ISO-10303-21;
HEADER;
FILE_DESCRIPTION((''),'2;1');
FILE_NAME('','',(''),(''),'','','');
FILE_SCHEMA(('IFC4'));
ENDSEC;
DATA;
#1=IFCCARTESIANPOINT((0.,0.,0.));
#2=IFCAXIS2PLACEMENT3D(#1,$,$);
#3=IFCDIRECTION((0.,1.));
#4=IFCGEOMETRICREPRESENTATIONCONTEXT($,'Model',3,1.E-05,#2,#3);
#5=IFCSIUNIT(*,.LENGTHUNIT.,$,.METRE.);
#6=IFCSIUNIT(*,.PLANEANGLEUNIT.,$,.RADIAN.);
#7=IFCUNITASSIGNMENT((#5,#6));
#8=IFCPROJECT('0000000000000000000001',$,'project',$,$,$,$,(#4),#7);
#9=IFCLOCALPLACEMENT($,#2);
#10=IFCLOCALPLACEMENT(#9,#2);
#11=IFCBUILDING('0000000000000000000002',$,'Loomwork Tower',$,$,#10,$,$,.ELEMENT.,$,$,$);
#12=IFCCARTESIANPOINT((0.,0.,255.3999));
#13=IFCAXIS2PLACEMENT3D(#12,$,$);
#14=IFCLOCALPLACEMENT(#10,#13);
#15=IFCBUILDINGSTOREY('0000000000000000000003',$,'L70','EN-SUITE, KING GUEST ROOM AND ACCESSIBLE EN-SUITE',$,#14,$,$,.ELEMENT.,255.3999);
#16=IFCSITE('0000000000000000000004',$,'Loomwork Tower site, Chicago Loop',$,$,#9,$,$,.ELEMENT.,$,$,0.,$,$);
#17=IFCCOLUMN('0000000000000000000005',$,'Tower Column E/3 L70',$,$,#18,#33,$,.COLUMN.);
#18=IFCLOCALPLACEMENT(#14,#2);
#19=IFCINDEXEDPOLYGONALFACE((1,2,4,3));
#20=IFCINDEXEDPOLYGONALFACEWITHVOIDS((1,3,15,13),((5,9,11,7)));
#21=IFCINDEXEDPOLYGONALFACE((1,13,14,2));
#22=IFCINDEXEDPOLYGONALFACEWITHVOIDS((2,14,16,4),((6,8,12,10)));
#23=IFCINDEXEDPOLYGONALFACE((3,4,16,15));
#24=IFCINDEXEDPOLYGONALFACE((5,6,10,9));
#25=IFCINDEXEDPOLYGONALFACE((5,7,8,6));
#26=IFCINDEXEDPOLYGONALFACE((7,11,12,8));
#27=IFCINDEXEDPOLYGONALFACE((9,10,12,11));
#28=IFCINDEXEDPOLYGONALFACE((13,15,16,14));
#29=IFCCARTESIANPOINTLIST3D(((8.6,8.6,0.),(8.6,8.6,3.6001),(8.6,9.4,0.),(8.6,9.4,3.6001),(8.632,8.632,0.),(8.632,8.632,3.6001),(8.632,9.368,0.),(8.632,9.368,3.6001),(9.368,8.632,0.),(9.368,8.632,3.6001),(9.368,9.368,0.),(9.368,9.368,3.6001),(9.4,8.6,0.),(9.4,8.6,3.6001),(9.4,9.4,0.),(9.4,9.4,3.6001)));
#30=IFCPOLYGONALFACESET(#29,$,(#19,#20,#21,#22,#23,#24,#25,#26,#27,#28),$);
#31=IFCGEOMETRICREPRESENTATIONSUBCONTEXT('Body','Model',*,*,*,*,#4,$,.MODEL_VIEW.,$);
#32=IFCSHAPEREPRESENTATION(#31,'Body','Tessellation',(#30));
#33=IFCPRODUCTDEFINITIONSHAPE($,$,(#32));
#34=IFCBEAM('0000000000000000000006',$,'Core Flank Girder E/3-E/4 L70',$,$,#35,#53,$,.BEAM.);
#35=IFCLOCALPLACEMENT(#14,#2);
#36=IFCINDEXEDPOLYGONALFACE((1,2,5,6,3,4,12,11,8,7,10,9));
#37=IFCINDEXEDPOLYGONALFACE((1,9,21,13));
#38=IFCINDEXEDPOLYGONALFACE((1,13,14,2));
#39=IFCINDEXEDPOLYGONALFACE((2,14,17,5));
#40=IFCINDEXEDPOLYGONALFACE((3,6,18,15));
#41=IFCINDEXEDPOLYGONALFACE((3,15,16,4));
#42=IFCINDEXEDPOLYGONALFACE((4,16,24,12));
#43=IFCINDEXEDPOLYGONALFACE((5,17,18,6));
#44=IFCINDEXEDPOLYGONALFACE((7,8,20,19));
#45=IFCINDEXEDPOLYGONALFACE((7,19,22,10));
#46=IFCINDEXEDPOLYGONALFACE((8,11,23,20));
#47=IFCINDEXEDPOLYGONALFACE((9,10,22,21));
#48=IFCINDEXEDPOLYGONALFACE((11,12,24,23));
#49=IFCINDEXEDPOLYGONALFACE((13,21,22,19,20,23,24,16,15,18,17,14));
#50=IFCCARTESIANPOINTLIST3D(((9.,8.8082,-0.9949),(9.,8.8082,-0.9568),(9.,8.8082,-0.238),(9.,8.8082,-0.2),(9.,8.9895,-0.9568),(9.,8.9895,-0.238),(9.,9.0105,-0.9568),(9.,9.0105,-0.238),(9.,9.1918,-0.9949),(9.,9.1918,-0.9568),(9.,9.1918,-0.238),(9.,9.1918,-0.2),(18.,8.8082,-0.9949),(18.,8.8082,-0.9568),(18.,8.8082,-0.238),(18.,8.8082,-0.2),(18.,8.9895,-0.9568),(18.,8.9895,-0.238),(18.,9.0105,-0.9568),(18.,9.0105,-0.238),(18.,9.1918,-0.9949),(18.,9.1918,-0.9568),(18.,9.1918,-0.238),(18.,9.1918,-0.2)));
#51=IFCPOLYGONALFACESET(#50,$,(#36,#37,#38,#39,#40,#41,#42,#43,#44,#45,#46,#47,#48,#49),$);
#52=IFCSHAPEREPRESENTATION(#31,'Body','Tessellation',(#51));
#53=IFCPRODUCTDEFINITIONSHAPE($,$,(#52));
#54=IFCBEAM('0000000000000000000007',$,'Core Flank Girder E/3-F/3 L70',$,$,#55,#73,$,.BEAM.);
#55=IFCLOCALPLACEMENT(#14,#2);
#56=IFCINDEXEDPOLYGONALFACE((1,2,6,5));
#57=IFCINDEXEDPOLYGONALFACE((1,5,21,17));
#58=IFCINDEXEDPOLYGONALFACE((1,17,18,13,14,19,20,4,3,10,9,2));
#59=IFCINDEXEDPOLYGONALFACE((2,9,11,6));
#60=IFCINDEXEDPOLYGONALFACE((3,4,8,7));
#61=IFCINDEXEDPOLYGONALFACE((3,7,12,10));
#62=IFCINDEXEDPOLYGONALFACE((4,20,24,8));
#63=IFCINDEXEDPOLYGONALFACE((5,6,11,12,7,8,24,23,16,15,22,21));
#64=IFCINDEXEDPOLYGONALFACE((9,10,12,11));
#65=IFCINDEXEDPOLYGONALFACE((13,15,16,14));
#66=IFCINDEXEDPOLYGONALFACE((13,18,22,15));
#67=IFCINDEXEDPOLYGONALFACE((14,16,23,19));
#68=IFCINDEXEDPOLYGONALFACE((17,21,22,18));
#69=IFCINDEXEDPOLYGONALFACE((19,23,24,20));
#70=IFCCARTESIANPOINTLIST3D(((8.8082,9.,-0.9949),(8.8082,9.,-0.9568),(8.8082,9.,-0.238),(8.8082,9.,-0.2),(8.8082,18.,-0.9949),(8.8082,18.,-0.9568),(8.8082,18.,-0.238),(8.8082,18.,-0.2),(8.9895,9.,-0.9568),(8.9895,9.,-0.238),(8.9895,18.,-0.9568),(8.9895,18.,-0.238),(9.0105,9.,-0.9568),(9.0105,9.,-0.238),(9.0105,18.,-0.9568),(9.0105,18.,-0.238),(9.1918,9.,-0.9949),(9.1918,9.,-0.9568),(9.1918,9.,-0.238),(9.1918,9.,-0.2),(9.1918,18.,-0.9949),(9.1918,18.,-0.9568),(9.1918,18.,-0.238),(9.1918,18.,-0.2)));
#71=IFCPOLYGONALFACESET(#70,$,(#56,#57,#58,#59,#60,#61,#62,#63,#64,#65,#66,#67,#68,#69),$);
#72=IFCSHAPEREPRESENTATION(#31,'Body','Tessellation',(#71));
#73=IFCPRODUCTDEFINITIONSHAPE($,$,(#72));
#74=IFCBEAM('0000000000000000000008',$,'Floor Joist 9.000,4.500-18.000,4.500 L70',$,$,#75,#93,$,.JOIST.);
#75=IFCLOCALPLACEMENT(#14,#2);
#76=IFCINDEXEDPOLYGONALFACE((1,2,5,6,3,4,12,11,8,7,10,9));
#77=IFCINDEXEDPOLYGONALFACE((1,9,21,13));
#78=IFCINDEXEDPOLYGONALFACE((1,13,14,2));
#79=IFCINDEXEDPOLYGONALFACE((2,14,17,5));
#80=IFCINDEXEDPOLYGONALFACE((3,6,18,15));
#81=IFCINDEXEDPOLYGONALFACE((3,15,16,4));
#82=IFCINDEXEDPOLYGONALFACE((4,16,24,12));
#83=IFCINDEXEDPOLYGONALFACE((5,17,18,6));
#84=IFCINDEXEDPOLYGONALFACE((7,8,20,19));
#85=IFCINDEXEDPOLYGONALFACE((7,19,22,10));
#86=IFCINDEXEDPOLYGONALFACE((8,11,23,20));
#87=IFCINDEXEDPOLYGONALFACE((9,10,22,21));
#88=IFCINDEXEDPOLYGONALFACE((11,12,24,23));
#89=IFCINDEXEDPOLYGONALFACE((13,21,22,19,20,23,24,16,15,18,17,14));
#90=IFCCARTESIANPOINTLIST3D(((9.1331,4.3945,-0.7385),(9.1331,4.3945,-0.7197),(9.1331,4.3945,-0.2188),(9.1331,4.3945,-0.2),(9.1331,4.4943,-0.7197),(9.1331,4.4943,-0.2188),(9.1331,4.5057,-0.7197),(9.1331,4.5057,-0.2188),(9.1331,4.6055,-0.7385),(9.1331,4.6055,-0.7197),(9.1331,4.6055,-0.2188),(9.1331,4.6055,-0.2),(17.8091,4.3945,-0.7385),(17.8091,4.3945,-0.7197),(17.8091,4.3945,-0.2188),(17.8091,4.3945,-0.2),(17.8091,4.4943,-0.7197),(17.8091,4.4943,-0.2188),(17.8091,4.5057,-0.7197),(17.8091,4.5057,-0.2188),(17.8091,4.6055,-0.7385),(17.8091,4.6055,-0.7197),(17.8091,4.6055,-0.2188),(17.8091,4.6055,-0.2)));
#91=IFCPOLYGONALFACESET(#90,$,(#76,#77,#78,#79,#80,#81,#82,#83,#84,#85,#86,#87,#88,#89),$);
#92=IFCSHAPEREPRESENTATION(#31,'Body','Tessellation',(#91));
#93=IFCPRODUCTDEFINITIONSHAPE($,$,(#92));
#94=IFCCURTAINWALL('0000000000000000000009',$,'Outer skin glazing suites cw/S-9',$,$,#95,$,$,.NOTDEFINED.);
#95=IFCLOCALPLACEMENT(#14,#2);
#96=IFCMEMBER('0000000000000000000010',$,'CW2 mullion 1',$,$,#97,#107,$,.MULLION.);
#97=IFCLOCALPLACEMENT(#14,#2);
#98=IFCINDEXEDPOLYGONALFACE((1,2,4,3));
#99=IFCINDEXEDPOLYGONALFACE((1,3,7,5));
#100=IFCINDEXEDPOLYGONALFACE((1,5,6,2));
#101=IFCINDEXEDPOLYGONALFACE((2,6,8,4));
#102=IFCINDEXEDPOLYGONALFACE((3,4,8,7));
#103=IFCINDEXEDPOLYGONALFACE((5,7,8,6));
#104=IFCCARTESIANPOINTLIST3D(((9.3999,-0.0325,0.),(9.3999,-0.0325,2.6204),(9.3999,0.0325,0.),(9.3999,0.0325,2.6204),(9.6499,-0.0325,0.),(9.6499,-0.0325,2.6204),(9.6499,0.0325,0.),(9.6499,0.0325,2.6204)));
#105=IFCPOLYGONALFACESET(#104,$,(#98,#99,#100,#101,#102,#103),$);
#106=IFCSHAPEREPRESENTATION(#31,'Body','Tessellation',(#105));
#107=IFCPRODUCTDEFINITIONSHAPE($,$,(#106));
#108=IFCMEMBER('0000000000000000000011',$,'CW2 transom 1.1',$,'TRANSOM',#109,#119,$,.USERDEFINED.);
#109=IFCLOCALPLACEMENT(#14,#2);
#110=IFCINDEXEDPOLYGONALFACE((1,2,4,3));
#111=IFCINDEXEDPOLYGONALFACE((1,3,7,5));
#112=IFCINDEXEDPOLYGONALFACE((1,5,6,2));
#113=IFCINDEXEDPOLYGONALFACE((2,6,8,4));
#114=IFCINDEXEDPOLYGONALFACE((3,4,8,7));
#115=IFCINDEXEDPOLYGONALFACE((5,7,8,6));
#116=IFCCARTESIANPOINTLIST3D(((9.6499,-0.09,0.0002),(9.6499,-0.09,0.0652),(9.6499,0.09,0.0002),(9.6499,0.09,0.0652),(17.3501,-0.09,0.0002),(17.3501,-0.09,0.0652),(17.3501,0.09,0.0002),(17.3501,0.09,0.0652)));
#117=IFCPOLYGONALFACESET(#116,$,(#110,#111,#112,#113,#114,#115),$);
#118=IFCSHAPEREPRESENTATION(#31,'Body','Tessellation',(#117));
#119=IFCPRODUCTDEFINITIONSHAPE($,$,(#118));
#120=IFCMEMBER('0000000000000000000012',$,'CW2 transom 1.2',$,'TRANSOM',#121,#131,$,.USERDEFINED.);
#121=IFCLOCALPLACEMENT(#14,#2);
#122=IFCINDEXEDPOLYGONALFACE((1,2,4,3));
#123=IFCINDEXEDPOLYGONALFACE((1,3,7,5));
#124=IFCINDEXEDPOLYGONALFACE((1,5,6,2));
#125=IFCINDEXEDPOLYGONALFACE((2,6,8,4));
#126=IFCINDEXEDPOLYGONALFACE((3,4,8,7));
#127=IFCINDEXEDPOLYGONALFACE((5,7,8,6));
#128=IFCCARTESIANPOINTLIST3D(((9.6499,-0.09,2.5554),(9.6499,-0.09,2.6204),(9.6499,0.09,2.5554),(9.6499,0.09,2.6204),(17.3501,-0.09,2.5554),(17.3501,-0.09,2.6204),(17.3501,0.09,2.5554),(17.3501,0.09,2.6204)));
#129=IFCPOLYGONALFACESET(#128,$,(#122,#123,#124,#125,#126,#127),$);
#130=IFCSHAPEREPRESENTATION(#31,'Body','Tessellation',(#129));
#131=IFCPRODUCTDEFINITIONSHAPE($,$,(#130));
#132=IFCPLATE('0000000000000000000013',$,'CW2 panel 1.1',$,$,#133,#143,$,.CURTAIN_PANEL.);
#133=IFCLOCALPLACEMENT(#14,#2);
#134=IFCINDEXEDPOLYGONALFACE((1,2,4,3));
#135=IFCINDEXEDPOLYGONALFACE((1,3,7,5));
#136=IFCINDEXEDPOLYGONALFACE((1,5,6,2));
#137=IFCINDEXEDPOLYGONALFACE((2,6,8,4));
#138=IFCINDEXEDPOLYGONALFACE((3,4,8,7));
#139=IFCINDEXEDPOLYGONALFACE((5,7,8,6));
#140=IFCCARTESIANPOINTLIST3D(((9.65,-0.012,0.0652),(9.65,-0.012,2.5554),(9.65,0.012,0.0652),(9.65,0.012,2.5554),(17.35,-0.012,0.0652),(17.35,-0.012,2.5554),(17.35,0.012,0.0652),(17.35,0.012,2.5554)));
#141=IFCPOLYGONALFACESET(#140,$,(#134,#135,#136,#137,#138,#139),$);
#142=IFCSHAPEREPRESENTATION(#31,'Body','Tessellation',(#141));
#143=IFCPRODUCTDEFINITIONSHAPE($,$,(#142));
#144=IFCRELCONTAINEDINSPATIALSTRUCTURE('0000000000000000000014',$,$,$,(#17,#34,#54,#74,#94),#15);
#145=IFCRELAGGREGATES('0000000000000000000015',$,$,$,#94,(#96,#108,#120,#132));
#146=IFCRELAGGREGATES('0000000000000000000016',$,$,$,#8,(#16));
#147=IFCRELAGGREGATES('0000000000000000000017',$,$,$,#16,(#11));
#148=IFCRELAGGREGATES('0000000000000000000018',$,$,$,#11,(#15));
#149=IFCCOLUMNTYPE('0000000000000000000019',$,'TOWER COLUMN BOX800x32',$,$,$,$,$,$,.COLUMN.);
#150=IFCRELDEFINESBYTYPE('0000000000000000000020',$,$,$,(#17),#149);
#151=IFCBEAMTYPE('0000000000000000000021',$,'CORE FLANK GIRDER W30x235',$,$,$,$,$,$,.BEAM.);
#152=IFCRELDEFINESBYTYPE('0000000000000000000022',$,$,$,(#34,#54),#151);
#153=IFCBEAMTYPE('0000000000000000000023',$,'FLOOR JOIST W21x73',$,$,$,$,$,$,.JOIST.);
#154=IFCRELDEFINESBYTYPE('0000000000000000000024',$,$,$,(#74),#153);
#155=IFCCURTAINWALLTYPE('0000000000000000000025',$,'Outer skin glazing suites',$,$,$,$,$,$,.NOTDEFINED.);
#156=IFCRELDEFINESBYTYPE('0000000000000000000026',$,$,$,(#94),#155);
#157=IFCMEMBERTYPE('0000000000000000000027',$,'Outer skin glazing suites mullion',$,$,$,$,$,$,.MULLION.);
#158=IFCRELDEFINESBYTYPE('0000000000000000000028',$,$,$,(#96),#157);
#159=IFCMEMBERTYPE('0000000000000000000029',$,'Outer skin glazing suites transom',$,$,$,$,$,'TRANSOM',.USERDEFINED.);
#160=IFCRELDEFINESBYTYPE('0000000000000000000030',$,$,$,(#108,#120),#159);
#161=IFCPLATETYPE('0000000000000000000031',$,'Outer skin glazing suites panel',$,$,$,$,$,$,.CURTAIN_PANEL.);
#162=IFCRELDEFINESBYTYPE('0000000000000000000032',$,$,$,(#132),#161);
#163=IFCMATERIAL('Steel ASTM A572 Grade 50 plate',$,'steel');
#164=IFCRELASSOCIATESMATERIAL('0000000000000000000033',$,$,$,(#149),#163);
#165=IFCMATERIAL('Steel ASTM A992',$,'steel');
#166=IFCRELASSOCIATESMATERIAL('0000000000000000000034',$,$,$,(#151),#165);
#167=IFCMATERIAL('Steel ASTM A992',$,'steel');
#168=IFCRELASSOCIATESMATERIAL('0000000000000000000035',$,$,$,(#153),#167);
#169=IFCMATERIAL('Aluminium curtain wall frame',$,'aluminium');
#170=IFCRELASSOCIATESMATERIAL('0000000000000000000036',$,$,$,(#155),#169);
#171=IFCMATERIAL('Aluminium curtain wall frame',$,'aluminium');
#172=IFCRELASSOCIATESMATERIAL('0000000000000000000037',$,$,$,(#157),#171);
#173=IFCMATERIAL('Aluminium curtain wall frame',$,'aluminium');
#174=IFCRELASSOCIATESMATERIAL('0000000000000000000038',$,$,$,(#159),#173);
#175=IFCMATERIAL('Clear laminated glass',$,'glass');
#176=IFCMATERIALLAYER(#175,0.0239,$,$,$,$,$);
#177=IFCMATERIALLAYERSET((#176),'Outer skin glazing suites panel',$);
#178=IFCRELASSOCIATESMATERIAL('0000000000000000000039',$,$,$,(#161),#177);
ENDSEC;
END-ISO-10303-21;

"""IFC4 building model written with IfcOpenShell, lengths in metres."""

from ifc_helpers import new_model, si_unit, direction, frame, origin, origin_2d, place, context, subcontext, project, spatial, rectangle, hollow_rectangle, i_section, extrude, material, layer, layer_set, material_profile, profile_set, type_object, element, aggregate, save


model = new_model("IFC4")

# Units and contexts
model_context = context("Model", 3, precision=1e-05, world=origin(), true_north=direction((0.0, 1.0)))
body_context = subcontext(model_context, "Body", "Model", "MODEL_VIEW")
ifc_project = project(units=[si_unit("LENGTHUNIT", "METRE"), si_unit("PLANEANGLEUNIT", "RADIAN")], contexts=[model_context])

# Site, building, storey
site_placement = place(None, origin())
site = spatial("IfcSite", under=ifc_project, at=site_placement, Name="Loomwork Tower site, Chicago Loop", CompositionType="ELEMENT", RefElevation=0.0)
building_placement = place(site_placement, origin())
building = spatial("IfcBuilding", under=site, at=building_placement, Name="Loomwork Tower", CompositionType="ELEMENT")
storey_placement = place(building_placement, frame((0.0, 0.0, 255.3999)))
storey = spatial("IfcBuildingStorey", under=building, at=storey_placement, Name="L70", Description="EN-SUITE, KING GUEST ROOM AND ACCESSIBLE EN-SUITE", CompositionType="ELEMENT", Elevation=255.3999)

# Column
ifc_material_1 = material(Name="Steel ASTM A572 Grade 50 plate", Category="steel")
ifc_material_profile_1 = material_profile(ifc_material_1, hollow_rectangle(XDim=0.8, YDim=0.8, WallThickness=0.032, at=origin_2d()), Name="BOX800x32")
ifc_profile_set_1 = profile_set([ifc_material_profile_1], Name="Steel ASTM A572 Grade 50 plate")
column_type = type_object("IfcColumnType", Name="TOWER COLUMN BOX800x32", PredefinedType="COLUMN", material=ifc_profile_set_1)
column_placement = place(storey_placement, frame((9.0, 9.0, 0.0), z_axis=(0.0, 0.0, 1.0), x_axis=(1.0, 0.0, 0.0)))
element("IfcColumn", 1, at=column_placement, inside=storey, type_object=column_type, Name="Tower Column E/3 L70", PredefinedType="COLUMN", context=body_context, shape_type="SweptSolid", body=[
    extrude(hollow_rectangle(XDim=0.8, YDim=0.8, WallThickness=0.032, at=origin_2d()), origin(), (0.0, 0.0, 1.0), 3.6001),
])

# Beams
ifc_material_2 = material(Name="Steel ASTM A992", Category="steel")
ifc_material_profile_2 = material_profile(ifc_material_2, i_section(OverallWidth=0.3835, OverallDepth=0.7949, WebThickness=0.021, FlangeThickness=0.0381, at=origin_2d()), Name="W30x235")
ifc_profile_set_2 = profile_set([ifc_material_profile_2], Name="Steel ASTM A992")
beam_type_1 = type_object("IfcBeamType", Name="CORE FLANK GIRDER W30x235", PredefinedType="BEAM", material=ifc_profile_set_2)
for number, where, z_axis, x_axis, name in (
    (2, (9.0, 9.0, -0.5974), (1.0, 0.0, 0.0), (0.0, 1.0, 0.0), "Core Flank Girder E/3-E/4 L70"),
    (3, (9.0, 9.0, -0.5974), (0.0, 1.0, 0.0), (-1.0, 0.0, 0.0), "Core Flank Girder E/3-F/3 L70"),
):
    element("IfcBeam", number, at=place(storey_placement, frame(where, z_axis=z_axis, x_axis=x_axis)), inside=storey, type_object=beam_type_1, Name=name, PredefinedType="BEAM", context=body_context, shape_type="SweptSolid", body=[
        extrude(i_section(OverallWidth=0.3835, OverallDepth=0.7949, WebThickness=0.021, FlangeThickness=0.0381, at=origin_2d()), origin(), (0.0, 0.0, 1.0), 9.0),
    ])
ifc_material_3 = material(Name="Steel ASTM A992", Category="steel")
ifc_material_profile_3 = material_profile(ifc_material_3, i_section(OverallWidth=0.2109, OverallDepth=0.5386, WebThickness=0.0115, FlangeThickness=0.0188, at=origin_2d()), Name="W21x73")
ifc_profile_set_3 = profile_set([ifc_material_profile_3], Name="Steel ASTM A992")
beam_type_2 = type_object("IfcBeamType", Name="FLOOR JOIST W21x73", PredefinedType="JOIST", material=ifc_profile_set_3)
beam_placement = place(storey_placement, frame((9.1331, 4.5, -0.4692), z_axis=(1.0, 0.0, 0.0), x_axis=(0.0, 1.0, 0.0)))
element("IfcBeam", 4, at=beam_placement, inside=storey, type_object=beam_type_2, Name="Floor Joist 9.000,4.500-18.000,4.500 L70", PredefinedType="JOIST", context=body_context, shape_type="SweptSolid", body=[
    extrude(i_section(OverallWidth=0.2109, OverallDepth=0.5386, WebThickness=0.0115, FlangeThickness=0.0188, at=origin_2d()), origin(), (0.0, 0.0, 1.0), 8.676),
])

# Curtain wall, members, plate
ifc_material_4 = material(Name="Aluminium curtain wall frame", Category="aluminium")
curtain_wall_type = type_object("IfcCurtainWallType", Name="Outer skin glazing suites", PredefinedType="NOTDEFINED", material=ifc_material_4)
curtain_wall_placement = place(storey_placement, origin())
curtain_wall = element("IfcCurtainWall", 5, at=curtain_wall_placement, inside=storey, type_object=curtain_wall_type, Name="Outer skin glazing suites cw/S-9", PredefinedType="NOTDEFINED")
ifc_material_5 = material(Name="Aluminium curtain wall frame", Category="aluminium")
ifc_material_profile_4 = material_profile(ifc_material_5, rectangle(XDim=0.0649, YDim=0.25, at=origin_2d()), Name="AL 65x250")
ifc_profile_set_4 = profile_set([ifc_material_profile_4], Name="Aluminium curtain wall frame")
member_type_1 = type_object("IfcMemberType", Name="Outer skin glazing suites mullion", PredefinedType="MULLION", material=ifc_profile_set_4)
member_1_placement = place(storey_placement, frame((9.5249, 0.0, 0.0), z_axis=(0.0, 0.0, 1.0), x_axis=(0.0, 1.0, 0.0)))
member_1 = element("IfcMember", 6, at=member_1_placement, type_object=member_type_1, Name="CW2 mullion 1", PredefinedType="MULLION", context=body_context, shape_type="SweptSolid", body=[
    extrude(rectangle(XDim=0.0649, YDim=0.25, at=origin_2d()), origin(), (0.0, 0.0, 1.0), 2.6204),
])
ifc_material_6 = material(Name="Aluminium curtain wall frame", Category="aluminium")
ifc_material_profile_5 = material_profile(ifc_material_6, rectangle(XDim=0.1799, YDim=0.0649, at=origin_2d()), Name="AL 65x180")
ifc_profile_set_5 = profile_set([ifc_material_profile_5], Name="Aluminium curtain wall frame")
member_type_2 = type_object("IfcMemberType", Name="Outer skin glazing suites transom", ElementType="TRANSOM", PredefinedType="USERDEFINED", material=ifc_profile_set_5)
member_2_placement = place(storey_placement, frame((9.6499, 0.0, 0.0327), z_axis=(1.0, 0.0, 0.0), x_axis=(0.0, 1.0, 0.0)))
member_2 = element("IfcMember", 7, at=member_2_placement, type_object=member_type_2, Name="CW2 transom 1.1", ObjectType="TRANSOM", PredefinedType="USERDEFINED", context=body_context, shape_type="SweptSolid", body=[
    extrude(rectangle(XDim=0.1799, YDim=0.0649, at=origin_2d()), origin(), (0.0, 0.0, 1.0), 7.7002),
])
member_3_placement = place(storey_placement, frame((9.6499, 0.0, 2.5879), z_axis=(1.0, 0.0, 0.0), x_axis=(0.0, 1.0, 0.0)))
member_3 = element("IfcMember", 8, at=member_3_placement, type_object=member_type_2, Name="CW2 transom 1.2", ObjectType="TRANSOM", PredefinedType="USERDEFINED", context=body_context, shape_type="SweptSolid", body=[
    extrude(rectangle(XDim=0.1799, YDim=0.0649, at=origin_2d()), origin(), (0.0, 0.0, 1.0), 7.7002),
])
ifc_material_7 = material(Name="Clear laminated glass", Category="glass")
ifc_layer_1 = layer(ifc_material_7, 0.0239)
ifc_layer_set_1 = layer_set([ifc_layer_1], Name="Outer skin glazing suites panel")
plate_type = type_object("IfcPlateType", Name="Outer skin glazing suites panel", PredefinedType="CURTAIN_PANEL", material=ifc_layer_set_1)
plate_placement = place(storey_placement, frame((13.5, 0.0, 0.0652), z_axis=(0.0, 0.0, 1.0), x_axis=(1.0, 0.0, 0.0)))
plate = element("IfcPlate", 9, at=plate_placement, type_object=plate_type, Name="CW2 panel 1.1", PredefinedType="CURTAIN_PANEL", context=body_context, shape_type="SweptSolid", body=[
    extrude(rectangle(XDim=7.7, YDim=0.0239, at=origin_2d()), origin(), (0.0, 0.0, 1.0), 2.4902),
])
aggregate(curtain_wall, [member_1, member_2, member_3, plate])

save(model, "model.ifc")
